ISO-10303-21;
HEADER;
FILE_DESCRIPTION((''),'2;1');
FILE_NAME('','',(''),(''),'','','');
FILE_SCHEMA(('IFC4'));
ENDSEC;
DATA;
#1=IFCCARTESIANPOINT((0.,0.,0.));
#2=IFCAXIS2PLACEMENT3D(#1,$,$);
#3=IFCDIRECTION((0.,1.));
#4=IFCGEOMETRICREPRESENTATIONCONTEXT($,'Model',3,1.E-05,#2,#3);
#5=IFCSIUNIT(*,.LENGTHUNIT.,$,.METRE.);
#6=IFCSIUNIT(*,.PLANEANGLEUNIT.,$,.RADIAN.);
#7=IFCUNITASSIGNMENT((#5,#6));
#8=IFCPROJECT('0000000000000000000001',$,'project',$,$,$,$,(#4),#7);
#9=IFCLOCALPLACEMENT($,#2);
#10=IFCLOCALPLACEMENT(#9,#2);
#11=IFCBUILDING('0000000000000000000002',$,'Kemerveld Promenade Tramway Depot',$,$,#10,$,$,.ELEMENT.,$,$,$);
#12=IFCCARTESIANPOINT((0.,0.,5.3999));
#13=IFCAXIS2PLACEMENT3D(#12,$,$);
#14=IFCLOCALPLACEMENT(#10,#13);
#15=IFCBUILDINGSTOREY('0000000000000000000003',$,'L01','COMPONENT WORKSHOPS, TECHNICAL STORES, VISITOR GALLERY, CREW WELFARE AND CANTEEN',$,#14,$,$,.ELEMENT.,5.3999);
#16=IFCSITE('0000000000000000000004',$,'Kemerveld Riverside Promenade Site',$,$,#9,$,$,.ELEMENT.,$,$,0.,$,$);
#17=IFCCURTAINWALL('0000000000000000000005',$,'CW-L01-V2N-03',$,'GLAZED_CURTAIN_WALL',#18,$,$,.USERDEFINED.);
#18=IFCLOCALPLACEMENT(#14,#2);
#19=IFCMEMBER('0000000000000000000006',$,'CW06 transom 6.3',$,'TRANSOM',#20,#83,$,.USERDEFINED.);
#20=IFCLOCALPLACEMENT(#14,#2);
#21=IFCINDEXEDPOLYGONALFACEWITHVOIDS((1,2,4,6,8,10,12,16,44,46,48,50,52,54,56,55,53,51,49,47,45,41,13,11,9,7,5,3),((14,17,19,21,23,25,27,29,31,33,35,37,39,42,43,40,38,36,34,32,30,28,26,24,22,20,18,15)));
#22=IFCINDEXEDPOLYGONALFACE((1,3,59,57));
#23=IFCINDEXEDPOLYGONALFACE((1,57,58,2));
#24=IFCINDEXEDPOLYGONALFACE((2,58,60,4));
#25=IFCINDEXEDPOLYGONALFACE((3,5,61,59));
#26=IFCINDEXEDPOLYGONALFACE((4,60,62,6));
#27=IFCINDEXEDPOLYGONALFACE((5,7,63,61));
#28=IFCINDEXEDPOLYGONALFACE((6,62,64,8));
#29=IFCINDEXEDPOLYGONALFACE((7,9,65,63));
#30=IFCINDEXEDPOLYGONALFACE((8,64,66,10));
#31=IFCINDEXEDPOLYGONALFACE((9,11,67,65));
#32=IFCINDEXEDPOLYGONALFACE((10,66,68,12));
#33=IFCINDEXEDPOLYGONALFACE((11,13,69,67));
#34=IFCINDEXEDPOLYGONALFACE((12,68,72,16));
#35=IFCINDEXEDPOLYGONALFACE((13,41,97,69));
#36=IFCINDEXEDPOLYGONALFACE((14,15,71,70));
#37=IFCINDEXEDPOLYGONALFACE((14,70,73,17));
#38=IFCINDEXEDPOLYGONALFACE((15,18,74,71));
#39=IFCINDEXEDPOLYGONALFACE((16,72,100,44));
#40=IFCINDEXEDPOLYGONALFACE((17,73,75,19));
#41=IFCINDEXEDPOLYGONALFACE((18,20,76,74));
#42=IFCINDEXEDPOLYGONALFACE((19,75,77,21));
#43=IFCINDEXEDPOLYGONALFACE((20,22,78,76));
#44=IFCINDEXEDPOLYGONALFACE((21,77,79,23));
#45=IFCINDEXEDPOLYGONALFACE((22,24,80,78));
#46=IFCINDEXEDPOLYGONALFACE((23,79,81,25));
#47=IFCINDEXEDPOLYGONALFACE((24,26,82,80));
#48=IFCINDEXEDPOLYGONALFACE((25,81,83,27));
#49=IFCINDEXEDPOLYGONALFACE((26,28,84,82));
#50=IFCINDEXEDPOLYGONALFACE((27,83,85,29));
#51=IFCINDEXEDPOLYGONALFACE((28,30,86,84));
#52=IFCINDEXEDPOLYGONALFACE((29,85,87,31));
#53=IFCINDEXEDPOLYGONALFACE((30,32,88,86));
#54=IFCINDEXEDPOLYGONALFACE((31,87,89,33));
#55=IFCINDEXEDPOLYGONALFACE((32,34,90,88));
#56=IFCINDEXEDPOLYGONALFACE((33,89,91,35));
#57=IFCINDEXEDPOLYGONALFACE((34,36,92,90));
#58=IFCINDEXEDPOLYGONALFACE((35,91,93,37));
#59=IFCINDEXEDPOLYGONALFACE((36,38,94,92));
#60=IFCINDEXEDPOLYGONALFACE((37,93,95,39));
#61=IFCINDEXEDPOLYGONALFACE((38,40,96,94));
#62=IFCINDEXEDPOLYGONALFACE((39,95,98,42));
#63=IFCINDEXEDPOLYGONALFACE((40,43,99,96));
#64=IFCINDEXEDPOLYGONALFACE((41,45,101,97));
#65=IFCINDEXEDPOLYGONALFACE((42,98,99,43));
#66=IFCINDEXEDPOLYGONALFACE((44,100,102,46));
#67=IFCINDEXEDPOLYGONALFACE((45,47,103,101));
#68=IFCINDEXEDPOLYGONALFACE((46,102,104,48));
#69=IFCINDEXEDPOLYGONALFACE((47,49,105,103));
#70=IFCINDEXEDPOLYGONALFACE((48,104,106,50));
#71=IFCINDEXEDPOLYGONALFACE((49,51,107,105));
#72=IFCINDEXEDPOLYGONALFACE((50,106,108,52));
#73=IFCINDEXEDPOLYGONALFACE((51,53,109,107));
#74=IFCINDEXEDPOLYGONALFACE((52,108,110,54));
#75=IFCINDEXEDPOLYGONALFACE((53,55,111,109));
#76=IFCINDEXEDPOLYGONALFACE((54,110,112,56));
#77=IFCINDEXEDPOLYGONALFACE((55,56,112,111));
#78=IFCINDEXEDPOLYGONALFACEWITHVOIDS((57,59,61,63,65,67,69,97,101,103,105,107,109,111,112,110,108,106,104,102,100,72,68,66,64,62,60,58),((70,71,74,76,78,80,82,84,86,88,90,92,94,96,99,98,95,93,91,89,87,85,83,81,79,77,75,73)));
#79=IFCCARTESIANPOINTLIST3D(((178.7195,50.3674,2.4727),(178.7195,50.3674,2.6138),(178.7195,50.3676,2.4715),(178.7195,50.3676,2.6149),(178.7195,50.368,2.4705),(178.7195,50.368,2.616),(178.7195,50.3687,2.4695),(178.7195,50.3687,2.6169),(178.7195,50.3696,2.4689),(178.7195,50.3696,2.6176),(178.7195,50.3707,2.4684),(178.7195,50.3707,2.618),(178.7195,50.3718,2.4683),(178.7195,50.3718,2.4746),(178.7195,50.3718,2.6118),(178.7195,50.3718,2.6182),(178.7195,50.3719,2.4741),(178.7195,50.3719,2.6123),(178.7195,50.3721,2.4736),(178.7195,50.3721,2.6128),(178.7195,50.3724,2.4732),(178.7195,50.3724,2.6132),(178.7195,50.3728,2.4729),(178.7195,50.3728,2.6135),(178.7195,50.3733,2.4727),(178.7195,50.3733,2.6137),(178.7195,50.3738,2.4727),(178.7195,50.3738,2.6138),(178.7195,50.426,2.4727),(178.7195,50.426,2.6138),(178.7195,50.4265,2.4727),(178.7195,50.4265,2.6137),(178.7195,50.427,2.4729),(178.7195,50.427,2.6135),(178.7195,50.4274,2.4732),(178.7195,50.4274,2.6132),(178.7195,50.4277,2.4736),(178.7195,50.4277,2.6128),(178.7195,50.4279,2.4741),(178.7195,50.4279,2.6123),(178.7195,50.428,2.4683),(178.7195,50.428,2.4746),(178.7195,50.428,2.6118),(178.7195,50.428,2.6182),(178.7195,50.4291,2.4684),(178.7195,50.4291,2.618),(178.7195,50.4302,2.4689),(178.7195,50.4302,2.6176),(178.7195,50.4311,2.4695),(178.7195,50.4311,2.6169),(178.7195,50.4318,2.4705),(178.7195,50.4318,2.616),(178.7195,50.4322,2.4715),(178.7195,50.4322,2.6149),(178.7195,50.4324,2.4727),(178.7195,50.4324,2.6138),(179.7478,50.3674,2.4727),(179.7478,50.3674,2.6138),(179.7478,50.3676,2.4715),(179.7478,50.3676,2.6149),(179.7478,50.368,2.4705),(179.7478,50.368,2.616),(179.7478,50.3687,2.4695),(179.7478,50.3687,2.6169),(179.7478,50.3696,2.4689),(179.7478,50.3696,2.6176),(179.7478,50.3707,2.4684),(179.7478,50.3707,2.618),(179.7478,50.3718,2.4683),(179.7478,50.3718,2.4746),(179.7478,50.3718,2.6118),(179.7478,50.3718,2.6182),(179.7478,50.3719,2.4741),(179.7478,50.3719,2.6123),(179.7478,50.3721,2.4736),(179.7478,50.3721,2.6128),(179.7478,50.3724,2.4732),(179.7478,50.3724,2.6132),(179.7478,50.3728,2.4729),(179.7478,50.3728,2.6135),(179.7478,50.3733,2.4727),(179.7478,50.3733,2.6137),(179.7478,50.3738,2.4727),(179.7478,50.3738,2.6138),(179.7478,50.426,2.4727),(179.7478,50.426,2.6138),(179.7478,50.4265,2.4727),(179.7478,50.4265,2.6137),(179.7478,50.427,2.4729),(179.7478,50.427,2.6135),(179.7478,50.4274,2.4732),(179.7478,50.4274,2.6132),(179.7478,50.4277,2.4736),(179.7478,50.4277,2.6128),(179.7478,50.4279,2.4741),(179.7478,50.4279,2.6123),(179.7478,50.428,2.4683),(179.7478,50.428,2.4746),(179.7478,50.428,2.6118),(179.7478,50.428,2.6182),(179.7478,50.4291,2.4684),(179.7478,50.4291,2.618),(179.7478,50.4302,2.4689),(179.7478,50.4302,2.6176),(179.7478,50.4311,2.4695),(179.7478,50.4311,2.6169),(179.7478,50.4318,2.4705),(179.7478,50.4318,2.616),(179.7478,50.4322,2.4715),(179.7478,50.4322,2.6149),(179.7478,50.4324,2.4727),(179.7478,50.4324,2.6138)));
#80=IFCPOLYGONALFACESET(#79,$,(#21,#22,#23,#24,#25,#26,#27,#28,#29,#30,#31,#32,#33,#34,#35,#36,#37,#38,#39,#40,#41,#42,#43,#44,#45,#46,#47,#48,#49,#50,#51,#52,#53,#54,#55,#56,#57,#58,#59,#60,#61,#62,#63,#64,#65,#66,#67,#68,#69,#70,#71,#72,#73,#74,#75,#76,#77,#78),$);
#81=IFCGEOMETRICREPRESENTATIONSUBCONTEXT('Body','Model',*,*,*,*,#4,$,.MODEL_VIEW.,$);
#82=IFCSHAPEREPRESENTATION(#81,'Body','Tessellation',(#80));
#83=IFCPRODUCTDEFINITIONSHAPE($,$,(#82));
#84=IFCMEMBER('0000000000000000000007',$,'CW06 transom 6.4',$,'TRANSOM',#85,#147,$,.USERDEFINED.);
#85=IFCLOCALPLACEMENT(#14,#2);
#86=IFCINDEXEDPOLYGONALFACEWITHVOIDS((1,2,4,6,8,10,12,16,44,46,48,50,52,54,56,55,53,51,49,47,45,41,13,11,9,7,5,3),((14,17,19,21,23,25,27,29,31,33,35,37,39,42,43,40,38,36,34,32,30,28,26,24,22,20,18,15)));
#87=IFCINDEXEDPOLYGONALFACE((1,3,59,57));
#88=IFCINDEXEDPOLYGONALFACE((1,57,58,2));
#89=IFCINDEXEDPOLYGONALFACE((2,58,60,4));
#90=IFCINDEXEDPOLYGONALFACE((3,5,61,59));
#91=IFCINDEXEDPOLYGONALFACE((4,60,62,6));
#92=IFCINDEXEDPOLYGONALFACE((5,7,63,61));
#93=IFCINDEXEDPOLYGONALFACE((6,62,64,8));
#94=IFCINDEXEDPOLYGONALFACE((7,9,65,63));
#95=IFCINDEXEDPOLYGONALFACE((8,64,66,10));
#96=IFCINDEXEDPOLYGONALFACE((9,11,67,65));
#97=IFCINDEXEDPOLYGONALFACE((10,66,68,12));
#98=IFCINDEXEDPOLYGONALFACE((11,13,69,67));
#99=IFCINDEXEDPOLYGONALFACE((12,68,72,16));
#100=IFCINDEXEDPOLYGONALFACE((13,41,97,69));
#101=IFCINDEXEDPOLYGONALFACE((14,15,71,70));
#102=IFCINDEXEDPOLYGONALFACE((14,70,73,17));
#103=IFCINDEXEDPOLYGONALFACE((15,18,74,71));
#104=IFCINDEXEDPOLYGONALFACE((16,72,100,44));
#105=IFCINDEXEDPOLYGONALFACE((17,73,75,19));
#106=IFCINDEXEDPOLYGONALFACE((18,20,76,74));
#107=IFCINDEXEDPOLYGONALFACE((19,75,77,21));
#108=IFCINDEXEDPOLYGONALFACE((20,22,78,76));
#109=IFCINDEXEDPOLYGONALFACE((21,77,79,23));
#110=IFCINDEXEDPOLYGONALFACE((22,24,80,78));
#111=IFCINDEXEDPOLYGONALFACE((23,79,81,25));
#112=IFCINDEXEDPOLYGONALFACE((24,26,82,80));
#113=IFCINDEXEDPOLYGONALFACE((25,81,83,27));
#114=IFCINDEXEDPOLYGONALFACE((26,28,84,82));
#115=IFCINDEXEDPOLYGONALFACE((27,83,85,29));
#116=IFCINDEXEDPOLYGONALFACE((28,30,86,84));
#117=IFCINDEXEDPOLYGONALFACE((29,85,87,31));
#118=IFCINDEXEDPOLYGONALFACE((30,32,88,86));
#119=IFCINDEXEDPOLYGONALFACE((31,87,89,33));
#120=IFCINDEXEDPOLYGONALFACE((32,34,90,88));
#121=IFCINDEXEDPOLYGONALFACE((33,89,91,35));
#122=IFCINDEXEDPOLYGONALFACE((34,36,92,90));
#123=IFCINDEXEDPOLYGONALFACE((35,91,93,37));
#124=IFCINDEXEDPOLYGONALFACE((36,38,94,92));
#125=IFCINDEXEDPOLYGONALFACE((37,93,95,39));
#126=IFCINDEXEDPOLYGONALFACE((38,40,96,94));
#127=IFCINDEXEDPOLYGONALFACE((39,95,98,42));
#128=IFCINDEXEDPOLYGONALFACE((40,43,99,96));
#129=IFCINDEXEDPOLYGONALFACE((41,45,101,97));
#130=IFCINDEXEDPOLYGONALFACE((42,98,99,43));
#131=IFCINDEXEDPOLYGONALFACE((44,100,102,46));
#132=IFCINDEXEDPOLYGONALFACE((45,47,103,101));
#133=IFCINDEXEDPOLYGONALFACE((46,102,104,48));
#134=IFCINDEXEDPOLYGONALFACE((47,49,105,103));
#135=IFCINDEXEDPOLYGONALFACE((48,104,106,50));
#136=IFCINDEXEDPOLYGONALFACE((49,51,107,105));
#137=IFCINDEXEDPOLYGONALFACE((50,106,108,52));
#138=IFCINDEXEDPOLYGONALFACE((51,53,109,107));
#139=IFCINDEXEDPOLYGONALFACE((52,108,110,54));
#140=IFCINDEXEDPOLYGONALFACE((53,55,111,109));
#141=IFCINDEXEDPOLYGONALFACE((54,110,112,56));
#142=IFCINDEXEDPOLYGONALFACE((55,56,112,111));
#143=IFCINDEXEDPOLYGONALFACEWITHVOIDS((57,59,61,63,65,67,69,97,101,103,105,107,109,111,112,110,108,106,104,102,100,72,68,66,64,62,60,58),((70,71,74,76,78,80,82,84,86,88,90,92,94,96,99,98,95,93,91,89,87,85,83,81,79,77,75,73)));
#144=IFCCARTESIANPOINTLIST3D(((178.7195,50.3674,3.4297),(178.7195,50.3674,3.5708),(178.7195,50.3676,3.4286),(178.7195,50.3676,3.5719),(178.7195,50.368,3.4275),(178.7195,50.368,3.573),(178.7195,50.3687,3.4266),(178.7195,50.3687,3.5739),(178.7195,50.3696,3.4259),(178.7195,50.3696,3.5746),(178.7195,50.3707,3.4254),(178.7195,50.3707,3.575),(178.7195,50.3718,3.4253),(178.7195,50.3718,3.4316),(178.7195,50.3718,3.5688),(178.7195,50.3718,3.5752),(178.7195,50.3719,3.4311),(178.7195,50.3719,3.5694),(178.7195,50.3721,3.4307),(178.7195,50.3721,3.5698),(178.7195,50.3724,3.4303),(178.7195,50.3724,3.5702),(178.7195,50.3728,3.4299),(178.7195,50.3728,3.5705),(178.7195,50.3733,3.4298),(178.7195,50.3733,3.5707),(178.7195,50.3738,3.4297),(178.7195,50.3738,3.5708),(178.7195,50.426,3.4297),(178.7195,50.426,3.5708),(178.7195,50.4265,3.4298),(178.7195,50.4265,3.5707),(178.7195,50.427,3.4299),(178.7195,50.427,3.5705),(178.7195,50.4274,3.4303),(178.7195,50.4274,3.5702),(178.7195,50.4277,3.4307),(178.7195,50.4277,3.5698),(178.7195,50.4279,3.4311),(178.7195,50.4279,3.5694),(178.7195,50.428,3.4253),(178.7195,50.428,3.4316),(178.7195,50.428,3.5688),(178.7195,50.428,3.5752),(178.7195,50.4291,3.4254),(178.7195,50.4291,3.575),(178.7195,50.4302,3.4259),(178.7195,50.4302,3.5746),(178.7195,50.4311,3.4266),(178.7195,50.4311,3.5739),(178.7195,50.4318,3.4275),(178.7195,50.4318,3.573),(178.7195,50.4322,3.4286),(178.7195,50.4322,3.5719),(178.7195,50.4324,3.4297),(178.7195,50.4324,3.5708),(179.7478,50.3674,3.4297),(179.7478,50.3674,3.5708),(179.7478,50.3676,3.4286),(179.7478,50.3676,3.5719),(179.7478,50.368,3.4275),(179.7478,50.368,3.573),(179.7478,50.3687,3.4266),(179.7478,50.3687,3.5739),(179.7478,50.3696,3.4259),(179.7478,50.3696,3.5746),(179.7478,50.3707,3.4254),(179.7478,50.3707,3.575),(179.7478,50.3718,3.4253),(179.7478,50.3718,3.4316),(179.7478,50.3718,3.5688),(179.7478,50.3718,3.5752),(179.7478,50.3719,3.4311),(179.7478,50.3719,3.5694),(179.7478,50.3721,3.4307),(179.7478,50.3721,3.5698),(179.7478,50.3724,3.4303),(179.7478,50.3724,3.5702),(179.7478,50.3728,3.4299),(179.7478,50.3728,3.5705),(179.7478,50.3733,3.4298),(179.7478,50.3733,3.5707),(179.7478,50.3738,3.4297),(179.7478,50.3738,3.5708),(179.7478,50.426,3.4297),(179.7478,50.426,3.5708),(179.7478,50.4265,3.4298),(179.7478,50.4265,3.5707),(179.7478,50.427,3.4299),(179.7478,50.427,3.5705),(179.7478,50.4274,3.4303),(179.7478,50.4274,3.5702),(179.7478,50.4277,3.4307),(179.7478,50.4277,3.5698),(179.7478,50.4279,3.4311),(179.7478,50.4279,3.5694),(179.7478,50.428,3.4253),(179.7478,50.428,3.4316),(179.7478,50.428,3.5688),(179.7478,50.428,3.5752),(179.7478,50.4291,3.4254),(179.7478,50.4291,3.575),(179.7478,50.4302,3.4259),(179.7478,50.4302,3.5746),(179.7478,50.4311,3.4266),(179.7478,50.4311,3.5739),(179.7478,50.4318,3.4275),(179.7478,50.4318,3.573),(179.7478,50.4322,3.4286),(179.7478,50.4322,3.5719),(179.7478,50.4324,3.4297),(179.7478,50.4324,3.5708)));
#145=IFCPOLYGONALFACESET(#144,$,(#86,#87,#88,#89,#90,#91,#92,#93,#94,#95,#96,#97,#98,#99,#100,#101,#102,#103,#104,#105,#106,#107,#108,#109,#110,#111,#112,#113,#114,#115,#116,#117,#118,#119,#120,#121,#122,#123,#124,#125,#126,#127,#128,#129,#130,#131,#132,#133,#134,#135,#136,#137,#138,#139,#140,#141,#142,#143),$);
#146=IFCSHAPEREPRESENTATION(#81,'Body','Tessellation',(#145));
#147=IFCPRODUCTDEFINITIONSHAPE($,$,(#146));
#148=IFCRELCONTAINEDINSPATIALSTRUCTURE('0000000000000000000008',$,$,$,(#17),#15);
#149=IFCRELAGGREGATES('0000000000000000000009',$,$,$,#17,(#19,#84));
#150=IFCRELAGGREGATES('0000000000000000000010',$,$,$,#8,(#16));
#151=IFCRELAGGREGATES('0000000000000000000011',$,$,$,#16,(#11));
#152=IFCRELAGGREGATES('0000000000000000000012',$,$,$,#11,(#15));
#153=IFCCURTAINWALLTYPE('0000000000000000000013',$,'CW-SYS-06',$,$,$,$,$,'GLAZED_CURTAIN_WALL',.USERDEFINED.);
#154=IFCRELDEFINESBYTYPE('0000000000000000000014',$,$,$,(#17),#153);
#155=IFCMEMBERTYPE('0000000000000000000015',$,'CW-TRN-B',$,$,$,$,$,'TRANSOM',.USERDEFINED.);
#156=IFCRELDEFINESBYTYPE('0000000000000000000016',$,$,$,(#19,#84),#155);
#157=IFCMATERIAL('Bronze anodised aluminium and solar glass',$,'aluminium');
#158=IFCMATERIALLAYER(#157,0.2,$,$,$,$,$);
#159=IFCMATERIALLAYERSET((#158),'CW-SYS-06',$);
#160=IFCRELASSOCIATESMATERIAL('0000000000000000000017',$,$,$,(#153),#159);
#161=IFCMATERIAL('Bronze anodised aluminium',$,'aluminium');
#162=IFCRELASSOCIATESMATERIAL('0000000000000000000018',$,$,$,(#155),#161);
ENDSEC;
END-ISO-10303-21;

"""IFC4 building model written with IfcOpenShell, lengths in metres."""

from ifc_helpers import new_model, si_unit, direction, frame, origin, origin_2d, place, context, subcontext, project, spatial, hollow_rectangle, extrude, material, layer, layer_set, material_profile, profile_set, type_object, element, aggregate, save


model = new_model("IFC4")

# Units and contexts
model_context = context("Model", 3, precision=1e-05, world=origin(), true_north=direction((0.0, 1.0)))
body_context = subcontext(model_context, "Body", "Model", "MODEL_VIEW")
ifc_project = project(units=[si_unit("LENGTHUNIT", "METRE"), si_unit("PLANEANGLEUNIT", "RADIAN")], contexts=[model_context])

# Site, building, storey
site_placement = place(None, origin())
site = spatial("IfcSite", under=ifc_project, at=site_placement, Name="Kemerveld Riverside Promenade Site", CompositionType="ELEMENT", RefElevation=0.0)
building_placement = place(site_placement, origin())
building = spatial("IfcBuilding", under=site, at=building_placement, Name="Kemerveld Promenade Tramway Depot", CompositionType="ELEMENT")
storey_placement = place(building_placement, frame((0.0, 0.0, 5.3999)))
storey = spatial("IfcBuildingStorey", under=building, at=storey_placement, Name="L01", Description="COMPONENT WORKSHOPS, TECHNICAL STORES, VISITOR GALLERY, CREW WELFARE AND CANTEEN", CompositionType="ELEMENT", Elevation=5.3999)

# Curtain wall
ifc_material_1 = material(Name="Bronze anodised aluminium and solar glass", Category="aluminium")
ifc_layer_1 = layer(ifc_material_1, 0.2)
ifc_layer_set_1 = layer_set([ifc_layer_1], Name="CW-SYS-06")
curtain_wall_type_1 = type_object("IfcCurtainWallType", Name="CW-SYS-06", ElementType="GLAZED_CURTAIN_WALL", PredefinedType="USERDEFINED", material=ifc_layer_set_1)
curtain_wall_1_placement = place(storey_placement, origin())
curtain_wall_1 = element("IfcCurtainWall", 1, at=curtain_wall_1_placement, inside=storey, type_object=curtain_wall_type_1, Name="CW-L01-V2N-03", ObjectType="GLAZED_CURTAIN_WALL", PredefinedType="USERDEFINED")
ifc_material_2 = material(Name="Bronze anodised aluminium", Category="aluminium")

# Members
ifc_material_profile_1 = material_profile(ifc_material_2, hollow_rectangle(XDim=0.0649, YDim=0.1499, WallThickness=0.0044, InnerFilletRadius=0.002, OuterFilletRadius=0.0044, at=origin_2d()), Name="CW-TRN-150x65")
ifc_profile_set_1 = profile_set([ifc_material_profile_1], Name="Bronze anodised aluminium")
member_type_1 = type_object("IfcMemberType", Name="CW-TRN-B", ElementType="TRANSOM", PredefinedType="USERDEFINED", material=ifc_profile_set_1)
member_1_placement = place(storey_placement, frame((178.7195, 50.3999, 2.5432), z_axis=(1.0, 0.0, 0.0), x_axis=(0.0, 1.0, 0.0)))
member_1 = element("IfcMember", 2, at=member_1_placement, type_object=member_type_1, Name="CW06 transom 6.3", ObjectType="TRANSOM", PredefinedType="USERDEFINED", context=body_context, shape_type="SweptSolid", body=[
    extrude(hollow_rectangle(XDim=0.0649, YDim=0.1499, WallThickness=0.0044, InnerFilletRadius=0.002, OuterFilletRadius=0.0044, at=origin_2d()), origin(), (0.0, 0.0, 1.0), 1.0283),
])
member_2_placement = place(storey_placement, frame((178.7195, 50.3999, 3.5002), z_axis=(1.0, 0.0, 0.0), x_axis=(0.0, 1.0, 0.0)))
member_2 = element("IfcMember", 3, at=member_2_placement, type_object=member_type_1, Name="CW06 transom 6.4", ObjectType="TRANSOM", PredefinedType="USERDEFINED", context=body_context, shape_type="SweptSolid", body=[
    extrude(hollow_rectangle(XDim=0.0649, YDim=0.1499, WallThickness=0.0044, InnerFilletRadius=0.002, OuterFilletRadius=0.0044, at=origin_2d()), origin(), (0.0, 0.0, 1.0), 1.0283),
])

aggregate(curtain_wall_1, [member_1, member_2])

save(model, "model.ifc")
